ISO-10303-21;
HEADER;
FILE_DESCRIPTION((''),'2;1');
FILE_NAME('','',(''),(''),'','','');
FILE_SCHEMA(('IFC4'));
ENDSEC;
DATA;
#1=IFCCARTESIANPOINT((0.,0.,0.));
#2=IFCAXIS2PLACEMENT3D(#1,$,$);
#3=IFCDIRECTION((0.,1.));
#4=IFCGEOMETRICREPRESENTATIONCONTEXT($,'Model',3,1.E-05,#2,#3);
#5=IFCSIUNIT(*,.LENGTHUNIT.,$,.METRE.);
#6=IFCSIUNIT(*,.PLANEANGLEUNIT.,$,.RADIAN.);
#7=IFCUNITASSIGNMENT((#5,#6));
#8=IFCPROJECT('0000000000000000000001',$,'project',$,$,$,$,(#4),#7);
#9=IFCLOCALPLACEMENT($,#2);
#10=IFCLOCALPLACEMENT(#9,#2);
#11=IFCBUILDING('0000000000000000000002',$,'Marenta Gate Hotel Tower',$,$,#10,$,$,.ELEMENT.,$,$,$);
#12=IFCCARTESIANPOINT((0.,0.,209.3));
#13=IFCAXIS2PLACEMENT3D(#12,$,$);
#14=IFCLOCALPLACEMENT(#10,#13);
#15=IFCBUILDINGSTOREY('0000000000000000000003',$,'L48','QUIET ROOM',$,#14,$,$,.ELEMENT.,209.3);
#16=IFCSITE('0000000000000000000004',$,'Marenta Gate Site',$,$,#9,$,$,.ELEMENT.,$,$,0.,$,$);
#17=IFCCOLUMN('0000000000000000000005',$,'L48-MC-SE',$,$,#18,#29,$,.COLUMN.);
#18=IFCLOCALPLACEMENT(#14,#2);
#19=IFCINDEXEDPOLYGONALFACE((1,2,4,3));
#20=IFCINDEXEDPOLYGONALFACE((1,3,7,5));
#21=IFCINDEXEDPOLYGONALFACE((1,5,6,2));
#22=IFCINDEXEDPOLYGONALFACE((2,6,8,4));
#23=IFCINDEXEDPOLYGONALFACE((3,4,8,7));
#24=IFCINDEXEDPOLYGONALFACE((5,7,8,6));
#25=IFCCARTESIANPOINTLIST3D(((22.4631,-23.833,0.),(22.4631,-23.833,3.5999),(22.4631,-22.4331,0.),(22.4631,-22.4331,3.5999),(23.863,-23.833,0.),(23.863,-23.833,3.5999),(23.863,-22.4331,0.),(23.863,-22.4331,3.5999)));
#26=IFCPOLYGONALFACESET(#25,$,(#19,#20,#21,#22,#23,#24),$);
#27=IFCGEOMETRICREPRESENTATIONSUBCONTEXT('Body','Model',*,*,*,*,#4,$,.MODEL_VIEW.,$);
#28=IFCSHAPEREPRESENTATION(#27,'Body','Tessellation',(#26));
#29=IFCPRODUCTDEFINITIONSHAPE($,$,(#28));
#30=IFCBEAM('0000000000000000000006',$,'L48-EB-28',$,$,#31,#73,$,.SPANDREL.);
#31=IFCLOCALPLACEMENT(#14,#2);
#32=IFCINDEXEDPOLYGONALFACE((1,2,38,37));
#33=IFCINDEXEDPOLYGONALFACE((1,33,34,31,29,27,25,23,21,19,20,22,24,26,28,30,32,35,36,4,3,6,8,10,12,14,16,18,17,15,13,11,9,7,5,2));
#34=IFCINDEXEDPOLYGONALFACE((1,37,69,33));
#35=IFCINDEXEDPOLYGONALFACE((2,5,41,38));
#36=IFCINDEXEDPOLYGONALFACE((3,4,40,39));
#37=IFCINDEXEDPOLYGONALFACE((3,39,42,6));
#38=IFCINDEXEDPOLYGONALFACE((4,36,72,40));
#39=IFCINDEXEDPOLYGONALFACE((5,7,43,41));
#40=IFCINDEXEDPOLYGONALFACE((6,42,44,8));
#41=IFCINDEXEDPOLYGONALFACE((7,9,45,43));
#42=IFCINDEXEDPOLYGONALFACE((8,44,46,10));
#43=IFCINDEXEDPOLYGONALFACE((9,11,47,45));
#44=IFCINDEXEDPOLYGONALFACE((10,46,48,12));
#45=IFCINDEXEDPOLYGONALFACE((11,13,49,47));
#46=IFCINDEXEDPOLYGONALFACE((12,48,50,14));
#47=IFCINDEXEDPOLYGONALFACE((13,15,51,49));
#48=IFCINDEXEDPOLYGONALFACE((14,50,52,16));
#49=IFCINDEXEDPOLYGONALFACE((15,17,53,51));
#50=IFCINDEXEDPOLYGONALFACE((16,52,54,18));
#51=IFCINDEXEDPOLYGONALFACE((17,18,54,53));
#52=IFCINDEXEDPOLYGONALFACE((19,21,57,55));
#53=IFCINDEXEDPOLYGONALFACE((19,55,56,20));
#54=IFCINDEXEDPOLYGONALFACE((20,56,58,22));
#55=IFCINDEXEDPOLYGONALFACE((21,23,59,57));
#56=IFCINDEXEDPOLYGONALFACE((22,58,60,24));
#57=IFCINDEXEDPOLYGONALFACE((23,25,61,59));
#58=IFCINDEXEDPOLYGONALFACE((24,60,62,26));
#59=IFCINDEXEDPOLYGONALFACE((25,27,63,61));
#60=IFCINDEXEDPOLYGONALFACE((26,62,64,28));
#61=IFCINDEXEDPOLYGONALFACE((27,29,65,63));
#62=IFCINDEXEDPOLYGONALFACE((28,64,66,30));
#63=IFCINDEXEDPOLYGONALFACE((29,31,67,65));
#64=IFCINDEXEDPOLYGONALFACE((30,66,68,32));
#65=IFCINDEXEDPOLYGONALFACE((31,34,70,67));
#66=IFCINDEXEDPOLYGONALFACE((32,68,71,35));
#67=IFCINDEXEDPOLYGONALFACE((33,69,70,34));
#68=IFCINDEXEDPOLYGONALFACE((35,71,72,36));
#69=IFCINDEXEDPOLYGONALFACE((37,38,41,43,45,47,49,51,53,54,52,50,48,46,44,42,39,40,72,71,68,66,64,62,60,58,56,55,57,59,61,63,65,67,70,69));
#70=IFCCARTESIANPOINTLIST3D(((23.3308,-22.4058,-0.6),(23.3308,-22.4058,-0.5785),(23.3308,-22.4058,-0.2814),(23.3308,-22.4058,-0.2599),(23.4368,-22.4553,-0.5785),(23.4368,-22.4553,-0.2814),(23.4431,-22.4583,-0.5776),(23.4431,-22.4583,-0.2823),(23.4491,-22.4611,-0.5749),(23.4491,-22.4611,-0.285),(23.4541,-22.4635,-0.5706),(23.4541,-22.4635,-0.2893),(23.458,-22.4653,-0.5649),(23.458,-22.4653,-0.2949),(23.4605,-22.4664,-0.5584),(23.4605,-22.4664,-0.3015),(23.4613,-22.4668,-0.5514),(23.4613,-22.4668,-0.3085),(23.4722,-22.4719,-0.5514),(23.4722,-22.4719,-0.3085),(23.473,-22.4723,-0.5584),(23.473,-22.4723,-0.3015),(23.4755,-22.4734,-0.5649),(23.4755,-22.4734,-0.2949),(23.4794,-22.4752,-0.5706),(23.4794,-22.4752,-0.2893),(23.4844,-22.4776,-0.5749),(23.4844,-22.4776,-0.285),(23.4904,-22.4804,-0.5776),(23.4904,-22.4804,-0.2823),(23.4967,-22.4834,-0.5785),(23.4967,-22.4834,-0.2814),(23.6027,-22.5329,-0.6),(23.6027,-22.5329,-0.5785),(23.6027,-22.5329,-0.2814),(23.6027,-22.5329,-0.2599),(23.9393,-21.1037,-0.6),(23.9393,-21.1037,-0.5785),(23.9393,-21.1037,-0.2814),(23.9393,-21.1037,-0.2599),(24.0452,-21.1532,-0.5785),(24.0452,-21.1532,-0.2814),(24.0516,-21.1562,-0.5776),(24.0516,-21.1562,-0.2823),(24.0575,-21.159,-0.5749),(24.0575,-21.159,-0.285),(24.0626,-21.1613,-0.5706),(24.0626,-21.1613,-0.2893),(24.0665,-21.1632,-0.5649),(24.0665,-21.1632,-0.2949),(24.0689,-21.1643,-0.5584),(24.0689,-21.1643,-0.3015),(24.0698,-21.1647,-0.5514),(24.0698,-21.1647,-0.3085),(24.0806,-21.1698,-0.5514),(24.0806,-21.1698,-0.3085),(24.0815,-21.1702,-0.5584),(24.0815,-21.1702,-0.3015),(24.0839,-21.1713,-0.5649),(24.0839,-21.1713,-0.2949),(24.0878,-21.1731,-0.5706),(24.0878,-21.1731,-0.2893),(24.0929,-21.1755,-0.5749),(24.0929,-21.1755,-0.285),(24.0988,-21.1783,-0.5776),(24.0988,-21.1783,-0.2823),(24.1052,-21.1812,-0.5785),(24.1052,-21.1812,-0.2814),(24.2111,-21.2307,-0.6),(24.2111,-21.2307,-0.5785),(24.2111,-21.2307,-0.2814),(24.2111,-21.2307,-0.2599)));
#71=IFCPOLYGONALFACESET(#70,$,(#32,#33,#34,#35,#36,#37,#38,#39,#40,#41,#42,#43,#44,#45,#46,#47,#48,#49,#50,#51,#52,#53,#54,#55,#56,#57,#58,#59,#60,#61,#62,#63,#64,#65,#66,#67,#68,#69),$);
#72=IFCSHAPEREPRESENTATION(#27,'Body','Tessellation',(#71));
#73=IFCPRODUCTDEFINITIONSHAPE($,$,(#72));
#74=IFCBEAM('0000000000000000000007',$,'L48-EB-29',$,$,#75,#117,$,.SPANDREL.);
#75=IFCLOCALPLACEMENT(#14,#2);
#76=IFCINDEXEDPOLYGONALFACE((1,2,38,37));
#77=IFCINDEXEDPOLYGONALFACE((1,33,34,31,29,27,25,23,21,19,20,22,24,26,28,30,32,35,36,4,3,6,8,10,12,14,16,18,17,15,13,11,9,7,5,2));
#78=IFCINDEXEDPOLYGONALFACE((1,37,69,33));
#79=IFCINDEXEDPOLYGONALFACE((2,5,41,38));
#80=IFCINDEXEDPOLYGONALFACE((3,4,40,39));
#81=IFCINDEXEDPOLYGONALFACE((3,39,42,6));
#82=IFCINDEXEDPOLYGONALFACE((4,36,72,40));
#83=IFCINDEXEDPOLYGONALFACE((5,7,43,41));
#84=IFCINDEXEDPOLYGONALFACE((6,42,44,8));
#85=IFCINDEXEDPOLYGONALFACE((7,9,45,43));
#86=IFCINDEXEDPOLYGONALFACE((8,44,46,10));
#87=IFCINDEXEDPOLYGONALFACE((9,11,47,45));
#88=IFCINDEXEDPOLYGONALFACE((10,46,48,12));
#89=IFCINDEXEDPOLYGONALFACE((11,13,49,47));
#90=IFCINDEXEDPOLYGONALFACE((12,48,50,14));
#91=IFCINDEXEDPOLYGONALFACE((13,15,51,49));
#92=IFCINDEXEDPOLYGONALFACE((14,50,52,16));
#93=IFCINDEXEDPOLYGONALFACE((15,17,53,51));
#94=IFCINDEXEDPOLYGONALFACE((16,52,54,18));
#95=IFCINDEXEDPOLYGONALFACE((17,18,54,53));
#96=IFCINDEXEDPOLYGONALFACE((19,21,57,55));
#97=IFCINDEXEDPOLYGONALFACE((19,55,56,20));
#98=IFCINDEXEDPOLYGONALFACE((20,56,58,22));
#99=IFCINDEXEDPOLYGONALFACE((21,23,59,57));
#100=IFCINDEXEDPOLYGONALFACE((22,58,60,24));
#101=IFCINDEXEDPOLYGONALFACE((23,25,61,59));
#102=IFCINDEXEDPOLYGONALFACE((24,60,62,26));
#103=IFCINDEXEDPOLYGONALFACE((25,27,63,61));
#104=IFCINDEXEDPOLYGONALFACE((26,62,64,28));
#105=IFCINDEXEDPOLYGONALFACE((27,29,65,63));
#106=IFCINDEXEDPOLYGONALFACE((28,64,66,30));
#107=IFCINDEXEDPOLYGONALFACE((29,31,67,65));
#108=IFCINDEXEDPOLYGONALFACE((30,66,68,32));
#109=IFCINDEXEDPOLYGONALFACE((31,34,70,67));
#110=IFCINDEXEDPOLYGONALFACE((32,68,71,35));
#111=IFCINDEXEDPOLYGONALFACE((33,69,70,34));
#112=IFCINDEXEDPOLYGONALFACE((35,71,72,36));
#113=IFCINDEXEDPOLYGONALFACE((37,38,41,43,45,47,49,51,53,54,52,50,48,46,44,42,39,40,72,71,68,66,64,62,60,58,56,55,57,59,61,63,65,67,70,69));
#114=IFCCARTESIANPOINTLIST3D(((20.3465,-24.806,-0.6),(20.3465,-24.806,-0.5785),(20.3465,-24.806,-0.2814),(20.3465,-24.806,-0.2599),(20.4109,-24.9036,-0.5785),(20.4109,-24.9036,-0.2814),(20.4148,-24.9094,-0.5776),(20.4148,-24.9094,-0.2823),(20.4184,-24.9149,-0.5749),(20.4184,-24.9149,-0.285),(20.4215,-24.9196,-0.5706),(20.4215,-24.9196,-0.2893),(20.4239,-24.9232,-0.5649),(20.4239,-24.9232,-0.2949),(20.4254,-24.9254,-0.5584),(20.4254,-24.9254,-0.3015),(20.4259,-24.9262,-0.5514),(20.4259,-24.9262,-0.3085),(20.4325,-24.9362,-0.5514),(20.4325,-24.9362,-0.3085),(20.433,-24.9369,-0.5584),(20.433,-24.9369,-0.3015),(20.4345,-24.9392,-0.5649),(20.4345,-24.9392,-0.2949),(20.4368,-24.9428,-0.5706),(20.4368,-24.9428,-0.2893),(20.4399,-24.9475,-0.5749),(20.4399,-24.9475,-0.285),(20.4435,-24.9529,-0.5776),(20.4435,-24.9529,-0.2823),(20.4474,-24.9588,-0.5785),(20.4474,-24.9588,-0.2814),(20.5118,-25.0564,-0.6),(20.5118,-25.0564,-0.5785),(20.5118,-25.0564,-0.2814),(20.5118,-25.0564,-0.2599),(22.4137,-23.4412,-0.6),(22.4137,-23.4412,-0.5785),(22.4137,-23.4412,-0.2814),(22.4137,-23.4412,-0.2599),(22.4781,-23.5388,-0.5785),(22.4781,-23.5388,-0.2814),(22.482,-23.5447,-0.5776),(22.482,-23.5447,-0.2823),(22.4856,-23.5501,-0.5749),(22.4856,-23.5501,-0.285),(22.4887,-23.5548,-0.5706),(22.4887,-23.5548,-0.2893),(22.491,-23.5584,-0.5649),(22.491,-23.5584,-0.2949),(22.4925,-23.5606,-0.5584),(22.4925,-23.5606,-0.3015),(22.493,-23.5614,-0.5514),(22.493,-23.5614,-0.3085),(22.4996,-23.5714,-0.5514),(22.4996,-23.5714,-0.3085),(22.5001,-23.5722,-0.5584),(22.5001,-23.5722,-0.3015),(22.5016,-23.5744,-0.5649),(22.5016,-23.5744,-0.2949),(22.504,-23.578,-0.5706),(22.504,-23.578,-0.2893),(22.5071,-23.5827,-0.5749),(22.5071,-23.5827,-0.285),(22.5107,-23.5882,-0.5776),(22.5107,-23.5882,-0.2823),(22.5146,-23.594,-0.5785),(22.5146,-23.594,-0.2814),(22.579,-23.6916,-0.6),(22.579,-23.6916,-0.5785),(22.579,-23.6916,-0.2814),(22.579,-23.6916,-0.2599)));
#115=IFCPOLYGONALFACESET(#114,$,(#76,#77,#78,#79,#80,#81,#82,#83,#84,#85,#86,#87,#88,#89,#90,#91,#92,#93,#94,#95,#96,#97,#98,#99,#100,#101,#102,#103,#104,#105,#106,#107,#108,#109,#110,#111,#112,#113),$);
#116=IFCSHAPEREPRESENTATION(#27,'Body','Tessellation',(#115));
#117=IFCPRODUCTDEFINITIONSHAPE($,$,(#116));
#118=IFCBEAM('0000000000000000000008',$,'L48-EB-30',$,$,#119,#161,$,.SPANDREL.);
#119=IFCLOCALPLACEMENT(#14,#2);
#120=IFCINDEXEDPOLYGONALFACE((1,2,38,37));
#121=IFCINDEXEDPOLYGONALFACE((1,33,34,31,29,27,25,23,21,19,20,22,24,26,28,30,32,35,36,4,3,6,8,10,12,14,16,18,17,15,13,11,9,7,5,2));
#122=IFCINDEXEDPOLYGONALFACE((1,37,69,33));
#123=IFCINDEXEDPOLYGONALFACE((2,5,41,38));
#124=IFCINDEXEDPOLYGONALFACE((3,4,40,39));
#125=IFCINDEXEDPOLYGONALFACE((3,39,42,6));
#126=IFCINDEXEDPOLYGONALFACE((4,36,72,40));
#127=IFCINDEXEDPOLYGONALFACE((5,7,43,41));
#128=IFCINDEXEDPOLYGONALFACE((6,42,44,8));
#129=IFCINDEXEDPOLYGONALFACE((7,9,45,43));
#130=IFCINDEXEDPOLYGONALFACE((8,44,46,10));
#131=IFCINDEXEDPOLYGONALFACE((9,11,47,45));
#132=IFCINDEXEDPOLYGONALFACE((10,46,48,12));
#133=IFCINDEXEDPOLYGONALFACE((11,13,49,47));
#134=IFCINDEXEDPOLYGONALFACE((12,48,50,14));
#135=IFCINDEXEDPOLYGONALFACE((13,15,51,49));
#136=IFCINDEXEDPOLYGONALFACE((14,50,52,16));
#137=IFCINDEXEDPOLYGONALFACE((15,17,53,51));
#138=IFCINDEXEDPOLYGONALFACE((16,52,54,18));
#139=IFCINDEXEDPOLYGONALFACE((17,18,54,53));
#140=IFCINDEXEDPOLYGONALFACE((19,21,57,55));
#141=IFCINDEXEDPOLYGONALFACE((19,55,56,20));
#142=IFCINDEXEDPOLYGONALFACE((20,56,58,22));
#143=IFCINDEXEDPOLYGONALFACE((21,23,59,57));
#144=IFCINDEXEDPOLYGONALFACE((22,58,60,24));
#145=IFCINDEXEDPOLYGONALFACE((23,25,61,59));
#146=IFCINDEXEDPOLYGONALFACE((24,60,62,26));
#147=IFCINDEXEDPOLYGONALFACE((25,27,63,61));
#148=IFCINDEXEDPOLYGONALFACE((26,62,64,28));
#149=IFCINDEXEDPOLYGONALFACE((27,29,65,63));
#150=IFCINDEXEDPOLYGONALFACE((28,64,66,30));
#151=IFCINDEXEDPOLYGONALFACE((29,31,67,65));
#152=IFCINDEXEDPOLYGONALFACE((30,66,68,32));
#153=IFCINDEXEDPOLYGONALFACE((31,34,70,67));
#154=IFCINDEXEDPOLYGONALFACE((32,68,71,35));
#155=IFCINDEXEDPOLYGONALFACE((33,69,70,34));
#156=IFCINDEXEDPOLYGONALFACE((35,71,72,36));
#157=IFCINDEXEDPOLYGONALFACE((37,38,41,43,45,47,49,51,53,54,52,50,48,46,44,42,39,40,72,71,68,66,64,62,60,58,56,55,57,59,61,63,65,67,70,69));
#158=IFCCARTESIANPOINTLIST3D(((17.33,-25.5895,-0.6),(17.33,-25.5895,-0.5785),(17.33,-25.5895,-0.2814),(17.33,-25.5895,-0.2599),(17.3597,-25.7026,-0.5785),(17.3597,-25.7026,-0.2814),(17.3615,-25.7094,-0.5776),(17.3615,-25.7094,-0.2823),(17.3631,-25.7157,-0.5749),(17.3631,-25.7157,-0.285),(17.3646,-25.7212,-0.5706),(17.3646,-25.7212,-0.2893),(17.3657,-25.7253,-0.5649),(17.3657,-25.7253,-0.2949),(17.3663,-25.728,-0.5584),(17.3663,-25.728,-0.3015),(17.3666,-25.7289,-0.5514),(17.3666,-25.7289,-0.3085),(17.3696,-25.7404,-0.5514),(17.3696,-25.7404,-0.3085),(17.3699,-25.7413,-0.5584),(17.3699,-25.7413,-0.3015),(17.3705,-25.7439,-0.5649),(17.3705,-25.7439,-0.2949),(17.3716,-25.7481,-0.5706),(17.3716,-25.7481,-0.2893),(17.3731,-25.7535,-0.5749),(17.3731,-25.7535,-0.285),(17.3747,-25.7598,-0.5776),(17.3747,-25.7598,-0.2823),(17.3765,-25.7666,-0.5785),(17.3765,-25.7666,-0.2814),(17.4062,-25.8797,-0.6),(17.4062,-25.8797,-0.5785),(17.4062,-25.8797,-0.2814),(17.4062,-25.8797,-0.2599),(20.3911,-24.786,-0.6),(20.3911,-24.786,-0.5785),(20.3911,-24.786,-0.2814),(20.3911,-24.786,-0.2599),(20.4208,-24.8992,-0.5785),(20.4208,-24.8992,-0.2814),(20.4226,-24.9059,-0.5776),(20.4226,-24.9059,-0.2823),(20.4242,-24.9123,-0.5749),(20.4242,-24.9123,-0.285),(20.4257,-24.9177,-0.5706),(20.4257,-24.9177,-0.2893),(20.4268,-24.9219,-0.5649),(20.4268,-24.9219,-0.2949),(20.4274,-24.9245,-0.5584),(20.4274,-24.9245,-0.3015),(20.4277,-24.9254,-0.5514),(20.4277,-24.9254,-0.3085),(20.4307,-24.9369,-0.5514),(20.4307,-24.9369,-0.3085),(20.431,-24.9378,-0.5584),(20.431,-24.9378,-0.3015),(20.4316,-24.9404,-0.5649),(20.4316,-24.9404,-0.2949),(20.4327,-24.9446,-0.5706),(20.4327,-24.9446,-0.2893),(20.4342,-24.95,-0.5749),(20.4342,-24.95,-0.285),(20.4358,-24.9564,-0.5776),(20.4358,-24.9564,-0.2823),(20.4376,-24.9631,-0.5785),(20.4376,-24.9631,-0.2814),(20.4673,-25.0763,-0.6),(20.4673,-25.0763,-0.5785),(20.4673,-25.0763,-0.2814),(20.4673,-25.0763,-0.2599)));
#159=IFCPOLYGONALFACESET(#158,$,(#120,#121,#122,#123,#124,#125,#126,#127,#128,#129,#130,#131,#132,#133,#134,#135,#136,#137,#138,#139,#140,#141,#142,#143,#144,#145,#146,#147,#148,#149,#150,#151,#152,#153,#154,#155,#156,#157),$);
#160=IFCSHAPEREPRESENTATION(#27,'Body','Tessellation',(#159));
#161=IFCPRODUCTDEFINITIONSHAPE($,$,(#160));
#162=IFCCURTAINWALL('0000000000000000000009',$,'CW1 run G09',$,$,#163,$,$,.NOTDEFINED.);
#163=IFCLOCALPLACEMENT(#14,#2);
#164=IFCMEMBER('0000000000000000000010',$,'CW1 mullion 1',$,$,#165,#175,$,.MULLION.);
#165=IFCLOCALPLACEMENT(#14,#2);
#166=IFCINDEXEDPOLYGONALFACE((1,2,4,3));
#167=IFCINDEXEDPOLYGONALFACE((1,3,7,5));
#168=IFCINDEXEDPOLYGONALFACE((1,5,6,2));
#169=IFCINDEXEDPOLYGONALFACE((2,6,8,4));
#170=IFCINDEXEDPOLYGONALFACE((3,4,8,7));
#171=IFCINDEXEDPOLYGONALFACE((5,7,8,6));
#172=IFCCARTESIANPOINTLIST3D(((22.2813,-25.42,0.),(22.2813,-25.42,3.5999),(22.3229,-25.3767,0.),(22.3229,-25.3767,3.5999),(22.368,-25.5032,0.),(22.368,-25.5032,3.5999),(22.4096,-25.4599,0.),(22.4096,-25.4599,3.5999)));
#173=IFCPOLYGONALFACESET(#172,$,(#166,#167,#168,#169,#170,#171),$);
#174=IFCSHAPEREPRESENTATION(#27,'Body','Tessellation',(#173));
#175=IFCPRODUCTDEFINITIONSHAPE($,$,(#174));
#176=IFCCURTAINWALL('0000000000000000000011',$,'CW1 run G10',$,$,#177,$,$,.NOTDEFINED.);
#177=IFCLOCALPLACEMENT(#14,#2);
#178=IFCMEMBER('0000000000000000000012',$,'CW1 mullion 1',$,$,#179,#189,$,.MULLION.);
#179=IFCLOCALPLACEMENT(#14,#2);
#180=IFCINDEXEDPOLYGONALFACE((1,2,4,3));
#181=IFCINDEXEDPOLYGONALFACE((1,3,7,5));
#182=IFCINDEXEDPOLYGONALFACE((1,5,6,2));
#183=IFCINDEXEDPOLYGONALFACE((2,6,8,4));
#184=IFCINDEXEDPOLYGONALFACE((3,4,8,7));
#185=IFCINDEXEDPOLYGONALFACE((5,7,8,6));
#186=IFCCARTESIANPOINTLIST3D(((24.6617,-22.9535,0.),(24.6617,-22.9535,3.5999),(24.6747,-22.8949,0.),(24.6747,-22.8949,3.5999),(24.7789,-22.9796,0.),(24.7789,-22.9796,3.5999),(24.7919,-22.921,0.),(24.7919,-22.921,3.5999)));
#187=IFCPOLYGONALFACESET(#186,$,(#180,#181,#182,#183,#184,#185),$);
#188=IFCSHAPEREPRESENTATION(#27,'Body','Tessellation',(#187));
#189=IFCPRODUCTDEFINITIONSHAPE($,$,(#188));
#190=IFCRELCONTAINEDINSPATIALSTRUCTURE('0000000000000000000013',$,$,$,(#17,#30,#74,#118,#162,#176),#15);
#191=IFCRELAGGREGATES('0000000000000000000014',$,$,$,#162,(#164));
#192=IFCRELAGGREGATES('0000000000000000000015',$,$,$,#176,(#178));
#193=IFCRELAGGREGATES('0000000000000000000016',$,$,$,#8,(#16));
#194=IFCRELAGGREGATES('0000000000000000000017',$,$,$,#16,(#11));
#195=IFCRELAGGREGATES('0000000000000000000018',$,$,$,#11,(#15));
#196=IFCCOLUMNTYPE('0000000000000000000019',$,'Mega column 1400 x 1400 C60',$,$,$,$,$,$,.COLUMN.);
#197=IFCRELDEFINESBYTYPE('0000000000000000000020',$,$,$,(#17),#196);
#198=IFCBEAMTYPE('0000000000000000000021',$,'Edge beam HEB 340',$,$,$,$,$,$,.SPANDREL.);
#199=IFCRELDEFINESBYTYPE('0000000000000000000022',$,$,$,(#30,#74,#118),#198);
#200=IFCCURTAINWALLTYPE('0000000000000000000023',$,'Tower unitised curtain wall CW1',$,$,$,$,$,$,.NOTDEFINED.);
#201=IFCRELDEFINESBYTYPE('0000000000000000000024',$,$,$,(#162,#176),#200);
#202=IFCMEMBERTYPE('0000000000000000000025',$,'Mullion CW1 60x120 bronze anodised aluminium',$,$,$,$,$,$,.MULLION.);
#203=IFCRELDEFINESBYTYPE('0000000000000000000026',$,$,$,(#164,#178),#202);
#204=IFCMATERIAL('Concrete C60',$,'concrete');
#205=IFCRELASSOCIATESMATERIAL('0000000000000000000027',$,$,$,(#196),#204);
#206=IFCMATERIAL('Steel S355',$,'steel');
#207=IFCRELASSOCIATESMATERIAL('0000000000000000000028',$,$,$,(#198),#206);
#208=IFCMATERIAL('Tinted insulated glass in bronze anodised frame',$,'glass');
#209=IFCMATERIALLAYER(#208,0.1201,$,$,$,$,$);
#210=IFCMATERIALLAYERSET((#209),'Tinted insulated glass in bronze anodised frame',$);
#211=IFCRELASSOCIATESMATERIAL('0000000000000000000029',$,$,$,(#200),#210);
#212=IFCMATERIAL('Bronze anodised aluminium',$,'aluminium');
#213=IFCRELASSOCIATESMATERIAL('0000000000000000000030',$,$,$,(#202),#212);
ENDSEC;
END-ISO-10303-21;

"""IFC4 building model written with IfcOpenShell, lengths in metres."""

from ifc_helpers import new_model, si_unit, direction, frame, origin, origin_2d, place, context, subcontext, project, spatial, rectangle, i_section, extrude, material, layer, layer_set, material_profile, profile_set, type_object, element, aggregate, save


model = new_model("IFC4")

# Units and contexts
model_context = context("Model", 3, precision=1e-05, world=origin(), true_north=direction((0.0, 1.0)))
body_context = subcontext(model_context, "Body", "Model", "MODEL_VIEW")
ifc_project = project(units=[si_unit("LENGTHUNIT", "METRE"), si_unit("PLANEANGLEUNIT", "RADIAN")], contexts=[model_context])

# Site, building, storey
site_placement = place(None, origin())
site = spatial("IfcSite", under=ifc_project, at=site_placement, Name="Marenta Gate Site", CompositionType="ELEMENT", RefElevation=0.0)
building_placement = place(site_placement, origin())
building = spatial("IfcBuilding", under=site, at=building_placement, Name="Marenta Gate Hotel Tower", CompositionType="ELEMENT")
storey_placement = place(building_placement, frame((0.0, 0.0, 209.3)))
storey = spatial("IfcBuildingStorey", under=building, at=storey_placement, Name="L48", Description="QUIET ROOM", CompositionType="ELEMENT", Elevation=209.3)

# Column
ifc_material_1 = material(Name="Concrete C60", Category="concrete")
ifc_material_profile_1 = material_profile(ifc_material_1, rectangle(XDim=1.3999, YDim=1.3999, at=origin_2d()), Name="1400 x 1400")
ifc_profile_set_1 = profile_set([ifc_material_profile_1], Name="Concrete C60")
column_type = type_object("IfcColumnType", Name="Mega column 1400 x 1400 C60", PredefinedType="COLUMN", material=ifc_profile_set_1)
column_placement = place(storey_placement, frame((23.1631, -23.1331, 0.0), z_axis=(0.0, 0.0, 1.0), x_axis=(1.0, 0.0, 0.0)))
element("IfcColumn", 1, at=column_placement, inside=storey, type_object=column_type, Name="L48-MC-SE", PredefinedType="COLUMN", context=body_context, shape_type="SweptSolid", body=[
    extrude(rectangle(XDim=1.3999, YDim=1.3999, at=origin_2d()), origin(), (0.0, 0.0, 1.0), 3.5999),
])

# Beams
ifc_material_2 = material(Name="Steel S355", Category="steel")
ifc_material_profile_2 = material_profile(ifc_material_2, i_section(OverallWidth=0.3, OverallDepth=0.3401, WebThickness=0.012, FlangeThickness=0.0215, FilletRadius=0.0271, at=origin_2d()), Name="HEB 340")
ifc_profile_set_2 = profile_set([ifc_material_profile_2], Name="Steel S355")
beam_type = type_object("IfcBeamType", Name="Edge beam HEB 340", PredefinedType="SPANDREL", material=ifc_profile_set_2)
beam_1_placement = place(storey_placement, frame((24.0752, -21.1672, -0.4299), z_axis=(-0.423341, -0.90597, 0.0), x_axis=(0.90597, -0.423341, 0.0)))
element("IfcBeam", 2, at=beam_1_placement, inside=storey, type_object=beam_type, Name="L48-EB-28", PredefinedType="SPANDREL", context=body_context, shape_type="SweptSolid", body=[
    extrude(i_section(OverallWidth=0.3, OverallDepth=0.3401, WebThickness=0.012, FlangeThickness=0.0215, FilletRadius=0.0271, at=origin_2d()), origin(), (0.0, 0.0, 1.0), 1.4373),
])
beam_2_placement = place(storey_placement, frame((22.4963, -23.5664, -0.4299), z_axis=(-0.834529, -0.550964, 0.0), x_axis=(0.550964, -0.834529, 0.0)))
element("IfcBeam", 3, at=beam_2_placement, inside=storey, type_object=beam_type, Name="L48-EB-29", PredefinedType="SPANDREL", context=body_context, shape_type="SweptSolid", body=[
    extrude(i_section(OverallWidth=0.3, OverallDepth=0.3401, WebThickness=0.012, FlangeThickness=0.0215, FilletRadius=0.0271, at=origin_2d()), origin(), (0.0, 0.0, 1.0), 2.4771),
])
beam_3_placement = place(storey_placement, frame((20.4292, -24.9312, -0.4299), z_axis=(-0.967235, -0.253882, 0.0), x_axis=(0.253882, -0.967235, 0.0)))
element("IfcBeam", 4, at=beam_3_placement, inside=storey, type_object=beam_type, Name="L48-EB-30", PredefinedType="SPANDREL", context=body_context, shape_type="SweptSolid", body=[
    extrude(i_section(OverallWidth=0.3, OverallDepth=0.3401, WebThickness=0.012, FlangeThickness=0.0215, FilletRadius=0.0271, at=origin_2d()), origin(), (0.0, 0.0, 1.0), 3.1648),
])

# Curtain walls, members
ifc_material_3 = material(Name="Tinted insulated glass in bronze anodised frame", Category="glass")
ifc_layer_1 = layer(ifc_material_3, 0.1201)
ifc_layer_set_1 = layer_set([ifc_layer_1], Name="Tinted insulated glass in bronze anodised frame")
curtain_wall_type = type_object("IfcCurtainWallType", Name="Tower unitised curtain wall CW1", PredefinedType="NOTDEFINED", material=ifc_layer_set_1)
curtain_wall_1_placement = place(storey_placement, origin())
curtain_wall_1 = element("IfcCurtainWall", 5, at=curtain_wall_1_placement, inside=storey, type_object=curtain_wall_type, Name="CW1 run G09", PredefinedType="NOTDEFINED")
ifc_material_4 = material(Name="Bronze anodised aluminium", Category="aluminium")
ifc_material_profile_3 = material_profile(ifc_material_4, rectangle(XDim=0.1201, YDim=0.0601, at=origin_2d()), Name="Mullion CW1 60x120 bronze anodised aluminium")
ifc_profile_set_3 = profile_set([ifc_material_profile_3], Name="Bronze anodised aluminium")
member_type_1 = type_object("IfcMemberType", Name="Mullion CW1 60x120 bronze anodised aluminium", PredefinedType="MULLION", material=ifc_profile_set_3)
member_1_placement = place(storey_placement, frame((22.3455, -25.4399, 0.0), z_axis=(0.0, 0.0, 1.0), x_axis=(-0.721372, 0.692548, 0.0)))
member_1 = element("IfcMember", 6, at=member_1_placement, type_object=member_type_1, Name="CW1 mullion 1", PredefinedType="MULLION", context=body_context, shape_type="SweptSolid", body=[
    extrude(rectangle(XDim=0.1201, YDim=0.0601, at=origin_2d()), origin(), (0.0, 0.0, 1.0), 3.5999),
])
curtain_wall_2_placement = place(storey_placement, origin())
curtain_wall_2 = element("IfcCurtainWall", 7, at=curtain_wall_2_placement, inside=storey, type_object=curtain_wall_type, Name="CW1 run G10", PredefinedType="NOTDEFINED")
member_2_placement = place(storey_placement, frame((24.7268, -22.9373, 0.0), z_axis=(0.0, 0.0, 1.0), x_axis=(-0.976207, 0.216842, 0.0)))
member_2 = element("IfcMember", 8, at=member_2_placement, type_object=member_type_1, Name="CW1 mullion 1", PredefinedType="MULLION", context=body_context, shape_type="SweptSolid", body=[
    extrude(rectangle(XDim=0.1201, YDim=0.0601, at=origin_2d()), origin(), (0.0, 0.0, 1.0), 3.5999),
])

aggregate(curtain_wall_1, [member_1])
aggregate(curtain_wall_2, [member_2])

save(model, "model.ifc")
